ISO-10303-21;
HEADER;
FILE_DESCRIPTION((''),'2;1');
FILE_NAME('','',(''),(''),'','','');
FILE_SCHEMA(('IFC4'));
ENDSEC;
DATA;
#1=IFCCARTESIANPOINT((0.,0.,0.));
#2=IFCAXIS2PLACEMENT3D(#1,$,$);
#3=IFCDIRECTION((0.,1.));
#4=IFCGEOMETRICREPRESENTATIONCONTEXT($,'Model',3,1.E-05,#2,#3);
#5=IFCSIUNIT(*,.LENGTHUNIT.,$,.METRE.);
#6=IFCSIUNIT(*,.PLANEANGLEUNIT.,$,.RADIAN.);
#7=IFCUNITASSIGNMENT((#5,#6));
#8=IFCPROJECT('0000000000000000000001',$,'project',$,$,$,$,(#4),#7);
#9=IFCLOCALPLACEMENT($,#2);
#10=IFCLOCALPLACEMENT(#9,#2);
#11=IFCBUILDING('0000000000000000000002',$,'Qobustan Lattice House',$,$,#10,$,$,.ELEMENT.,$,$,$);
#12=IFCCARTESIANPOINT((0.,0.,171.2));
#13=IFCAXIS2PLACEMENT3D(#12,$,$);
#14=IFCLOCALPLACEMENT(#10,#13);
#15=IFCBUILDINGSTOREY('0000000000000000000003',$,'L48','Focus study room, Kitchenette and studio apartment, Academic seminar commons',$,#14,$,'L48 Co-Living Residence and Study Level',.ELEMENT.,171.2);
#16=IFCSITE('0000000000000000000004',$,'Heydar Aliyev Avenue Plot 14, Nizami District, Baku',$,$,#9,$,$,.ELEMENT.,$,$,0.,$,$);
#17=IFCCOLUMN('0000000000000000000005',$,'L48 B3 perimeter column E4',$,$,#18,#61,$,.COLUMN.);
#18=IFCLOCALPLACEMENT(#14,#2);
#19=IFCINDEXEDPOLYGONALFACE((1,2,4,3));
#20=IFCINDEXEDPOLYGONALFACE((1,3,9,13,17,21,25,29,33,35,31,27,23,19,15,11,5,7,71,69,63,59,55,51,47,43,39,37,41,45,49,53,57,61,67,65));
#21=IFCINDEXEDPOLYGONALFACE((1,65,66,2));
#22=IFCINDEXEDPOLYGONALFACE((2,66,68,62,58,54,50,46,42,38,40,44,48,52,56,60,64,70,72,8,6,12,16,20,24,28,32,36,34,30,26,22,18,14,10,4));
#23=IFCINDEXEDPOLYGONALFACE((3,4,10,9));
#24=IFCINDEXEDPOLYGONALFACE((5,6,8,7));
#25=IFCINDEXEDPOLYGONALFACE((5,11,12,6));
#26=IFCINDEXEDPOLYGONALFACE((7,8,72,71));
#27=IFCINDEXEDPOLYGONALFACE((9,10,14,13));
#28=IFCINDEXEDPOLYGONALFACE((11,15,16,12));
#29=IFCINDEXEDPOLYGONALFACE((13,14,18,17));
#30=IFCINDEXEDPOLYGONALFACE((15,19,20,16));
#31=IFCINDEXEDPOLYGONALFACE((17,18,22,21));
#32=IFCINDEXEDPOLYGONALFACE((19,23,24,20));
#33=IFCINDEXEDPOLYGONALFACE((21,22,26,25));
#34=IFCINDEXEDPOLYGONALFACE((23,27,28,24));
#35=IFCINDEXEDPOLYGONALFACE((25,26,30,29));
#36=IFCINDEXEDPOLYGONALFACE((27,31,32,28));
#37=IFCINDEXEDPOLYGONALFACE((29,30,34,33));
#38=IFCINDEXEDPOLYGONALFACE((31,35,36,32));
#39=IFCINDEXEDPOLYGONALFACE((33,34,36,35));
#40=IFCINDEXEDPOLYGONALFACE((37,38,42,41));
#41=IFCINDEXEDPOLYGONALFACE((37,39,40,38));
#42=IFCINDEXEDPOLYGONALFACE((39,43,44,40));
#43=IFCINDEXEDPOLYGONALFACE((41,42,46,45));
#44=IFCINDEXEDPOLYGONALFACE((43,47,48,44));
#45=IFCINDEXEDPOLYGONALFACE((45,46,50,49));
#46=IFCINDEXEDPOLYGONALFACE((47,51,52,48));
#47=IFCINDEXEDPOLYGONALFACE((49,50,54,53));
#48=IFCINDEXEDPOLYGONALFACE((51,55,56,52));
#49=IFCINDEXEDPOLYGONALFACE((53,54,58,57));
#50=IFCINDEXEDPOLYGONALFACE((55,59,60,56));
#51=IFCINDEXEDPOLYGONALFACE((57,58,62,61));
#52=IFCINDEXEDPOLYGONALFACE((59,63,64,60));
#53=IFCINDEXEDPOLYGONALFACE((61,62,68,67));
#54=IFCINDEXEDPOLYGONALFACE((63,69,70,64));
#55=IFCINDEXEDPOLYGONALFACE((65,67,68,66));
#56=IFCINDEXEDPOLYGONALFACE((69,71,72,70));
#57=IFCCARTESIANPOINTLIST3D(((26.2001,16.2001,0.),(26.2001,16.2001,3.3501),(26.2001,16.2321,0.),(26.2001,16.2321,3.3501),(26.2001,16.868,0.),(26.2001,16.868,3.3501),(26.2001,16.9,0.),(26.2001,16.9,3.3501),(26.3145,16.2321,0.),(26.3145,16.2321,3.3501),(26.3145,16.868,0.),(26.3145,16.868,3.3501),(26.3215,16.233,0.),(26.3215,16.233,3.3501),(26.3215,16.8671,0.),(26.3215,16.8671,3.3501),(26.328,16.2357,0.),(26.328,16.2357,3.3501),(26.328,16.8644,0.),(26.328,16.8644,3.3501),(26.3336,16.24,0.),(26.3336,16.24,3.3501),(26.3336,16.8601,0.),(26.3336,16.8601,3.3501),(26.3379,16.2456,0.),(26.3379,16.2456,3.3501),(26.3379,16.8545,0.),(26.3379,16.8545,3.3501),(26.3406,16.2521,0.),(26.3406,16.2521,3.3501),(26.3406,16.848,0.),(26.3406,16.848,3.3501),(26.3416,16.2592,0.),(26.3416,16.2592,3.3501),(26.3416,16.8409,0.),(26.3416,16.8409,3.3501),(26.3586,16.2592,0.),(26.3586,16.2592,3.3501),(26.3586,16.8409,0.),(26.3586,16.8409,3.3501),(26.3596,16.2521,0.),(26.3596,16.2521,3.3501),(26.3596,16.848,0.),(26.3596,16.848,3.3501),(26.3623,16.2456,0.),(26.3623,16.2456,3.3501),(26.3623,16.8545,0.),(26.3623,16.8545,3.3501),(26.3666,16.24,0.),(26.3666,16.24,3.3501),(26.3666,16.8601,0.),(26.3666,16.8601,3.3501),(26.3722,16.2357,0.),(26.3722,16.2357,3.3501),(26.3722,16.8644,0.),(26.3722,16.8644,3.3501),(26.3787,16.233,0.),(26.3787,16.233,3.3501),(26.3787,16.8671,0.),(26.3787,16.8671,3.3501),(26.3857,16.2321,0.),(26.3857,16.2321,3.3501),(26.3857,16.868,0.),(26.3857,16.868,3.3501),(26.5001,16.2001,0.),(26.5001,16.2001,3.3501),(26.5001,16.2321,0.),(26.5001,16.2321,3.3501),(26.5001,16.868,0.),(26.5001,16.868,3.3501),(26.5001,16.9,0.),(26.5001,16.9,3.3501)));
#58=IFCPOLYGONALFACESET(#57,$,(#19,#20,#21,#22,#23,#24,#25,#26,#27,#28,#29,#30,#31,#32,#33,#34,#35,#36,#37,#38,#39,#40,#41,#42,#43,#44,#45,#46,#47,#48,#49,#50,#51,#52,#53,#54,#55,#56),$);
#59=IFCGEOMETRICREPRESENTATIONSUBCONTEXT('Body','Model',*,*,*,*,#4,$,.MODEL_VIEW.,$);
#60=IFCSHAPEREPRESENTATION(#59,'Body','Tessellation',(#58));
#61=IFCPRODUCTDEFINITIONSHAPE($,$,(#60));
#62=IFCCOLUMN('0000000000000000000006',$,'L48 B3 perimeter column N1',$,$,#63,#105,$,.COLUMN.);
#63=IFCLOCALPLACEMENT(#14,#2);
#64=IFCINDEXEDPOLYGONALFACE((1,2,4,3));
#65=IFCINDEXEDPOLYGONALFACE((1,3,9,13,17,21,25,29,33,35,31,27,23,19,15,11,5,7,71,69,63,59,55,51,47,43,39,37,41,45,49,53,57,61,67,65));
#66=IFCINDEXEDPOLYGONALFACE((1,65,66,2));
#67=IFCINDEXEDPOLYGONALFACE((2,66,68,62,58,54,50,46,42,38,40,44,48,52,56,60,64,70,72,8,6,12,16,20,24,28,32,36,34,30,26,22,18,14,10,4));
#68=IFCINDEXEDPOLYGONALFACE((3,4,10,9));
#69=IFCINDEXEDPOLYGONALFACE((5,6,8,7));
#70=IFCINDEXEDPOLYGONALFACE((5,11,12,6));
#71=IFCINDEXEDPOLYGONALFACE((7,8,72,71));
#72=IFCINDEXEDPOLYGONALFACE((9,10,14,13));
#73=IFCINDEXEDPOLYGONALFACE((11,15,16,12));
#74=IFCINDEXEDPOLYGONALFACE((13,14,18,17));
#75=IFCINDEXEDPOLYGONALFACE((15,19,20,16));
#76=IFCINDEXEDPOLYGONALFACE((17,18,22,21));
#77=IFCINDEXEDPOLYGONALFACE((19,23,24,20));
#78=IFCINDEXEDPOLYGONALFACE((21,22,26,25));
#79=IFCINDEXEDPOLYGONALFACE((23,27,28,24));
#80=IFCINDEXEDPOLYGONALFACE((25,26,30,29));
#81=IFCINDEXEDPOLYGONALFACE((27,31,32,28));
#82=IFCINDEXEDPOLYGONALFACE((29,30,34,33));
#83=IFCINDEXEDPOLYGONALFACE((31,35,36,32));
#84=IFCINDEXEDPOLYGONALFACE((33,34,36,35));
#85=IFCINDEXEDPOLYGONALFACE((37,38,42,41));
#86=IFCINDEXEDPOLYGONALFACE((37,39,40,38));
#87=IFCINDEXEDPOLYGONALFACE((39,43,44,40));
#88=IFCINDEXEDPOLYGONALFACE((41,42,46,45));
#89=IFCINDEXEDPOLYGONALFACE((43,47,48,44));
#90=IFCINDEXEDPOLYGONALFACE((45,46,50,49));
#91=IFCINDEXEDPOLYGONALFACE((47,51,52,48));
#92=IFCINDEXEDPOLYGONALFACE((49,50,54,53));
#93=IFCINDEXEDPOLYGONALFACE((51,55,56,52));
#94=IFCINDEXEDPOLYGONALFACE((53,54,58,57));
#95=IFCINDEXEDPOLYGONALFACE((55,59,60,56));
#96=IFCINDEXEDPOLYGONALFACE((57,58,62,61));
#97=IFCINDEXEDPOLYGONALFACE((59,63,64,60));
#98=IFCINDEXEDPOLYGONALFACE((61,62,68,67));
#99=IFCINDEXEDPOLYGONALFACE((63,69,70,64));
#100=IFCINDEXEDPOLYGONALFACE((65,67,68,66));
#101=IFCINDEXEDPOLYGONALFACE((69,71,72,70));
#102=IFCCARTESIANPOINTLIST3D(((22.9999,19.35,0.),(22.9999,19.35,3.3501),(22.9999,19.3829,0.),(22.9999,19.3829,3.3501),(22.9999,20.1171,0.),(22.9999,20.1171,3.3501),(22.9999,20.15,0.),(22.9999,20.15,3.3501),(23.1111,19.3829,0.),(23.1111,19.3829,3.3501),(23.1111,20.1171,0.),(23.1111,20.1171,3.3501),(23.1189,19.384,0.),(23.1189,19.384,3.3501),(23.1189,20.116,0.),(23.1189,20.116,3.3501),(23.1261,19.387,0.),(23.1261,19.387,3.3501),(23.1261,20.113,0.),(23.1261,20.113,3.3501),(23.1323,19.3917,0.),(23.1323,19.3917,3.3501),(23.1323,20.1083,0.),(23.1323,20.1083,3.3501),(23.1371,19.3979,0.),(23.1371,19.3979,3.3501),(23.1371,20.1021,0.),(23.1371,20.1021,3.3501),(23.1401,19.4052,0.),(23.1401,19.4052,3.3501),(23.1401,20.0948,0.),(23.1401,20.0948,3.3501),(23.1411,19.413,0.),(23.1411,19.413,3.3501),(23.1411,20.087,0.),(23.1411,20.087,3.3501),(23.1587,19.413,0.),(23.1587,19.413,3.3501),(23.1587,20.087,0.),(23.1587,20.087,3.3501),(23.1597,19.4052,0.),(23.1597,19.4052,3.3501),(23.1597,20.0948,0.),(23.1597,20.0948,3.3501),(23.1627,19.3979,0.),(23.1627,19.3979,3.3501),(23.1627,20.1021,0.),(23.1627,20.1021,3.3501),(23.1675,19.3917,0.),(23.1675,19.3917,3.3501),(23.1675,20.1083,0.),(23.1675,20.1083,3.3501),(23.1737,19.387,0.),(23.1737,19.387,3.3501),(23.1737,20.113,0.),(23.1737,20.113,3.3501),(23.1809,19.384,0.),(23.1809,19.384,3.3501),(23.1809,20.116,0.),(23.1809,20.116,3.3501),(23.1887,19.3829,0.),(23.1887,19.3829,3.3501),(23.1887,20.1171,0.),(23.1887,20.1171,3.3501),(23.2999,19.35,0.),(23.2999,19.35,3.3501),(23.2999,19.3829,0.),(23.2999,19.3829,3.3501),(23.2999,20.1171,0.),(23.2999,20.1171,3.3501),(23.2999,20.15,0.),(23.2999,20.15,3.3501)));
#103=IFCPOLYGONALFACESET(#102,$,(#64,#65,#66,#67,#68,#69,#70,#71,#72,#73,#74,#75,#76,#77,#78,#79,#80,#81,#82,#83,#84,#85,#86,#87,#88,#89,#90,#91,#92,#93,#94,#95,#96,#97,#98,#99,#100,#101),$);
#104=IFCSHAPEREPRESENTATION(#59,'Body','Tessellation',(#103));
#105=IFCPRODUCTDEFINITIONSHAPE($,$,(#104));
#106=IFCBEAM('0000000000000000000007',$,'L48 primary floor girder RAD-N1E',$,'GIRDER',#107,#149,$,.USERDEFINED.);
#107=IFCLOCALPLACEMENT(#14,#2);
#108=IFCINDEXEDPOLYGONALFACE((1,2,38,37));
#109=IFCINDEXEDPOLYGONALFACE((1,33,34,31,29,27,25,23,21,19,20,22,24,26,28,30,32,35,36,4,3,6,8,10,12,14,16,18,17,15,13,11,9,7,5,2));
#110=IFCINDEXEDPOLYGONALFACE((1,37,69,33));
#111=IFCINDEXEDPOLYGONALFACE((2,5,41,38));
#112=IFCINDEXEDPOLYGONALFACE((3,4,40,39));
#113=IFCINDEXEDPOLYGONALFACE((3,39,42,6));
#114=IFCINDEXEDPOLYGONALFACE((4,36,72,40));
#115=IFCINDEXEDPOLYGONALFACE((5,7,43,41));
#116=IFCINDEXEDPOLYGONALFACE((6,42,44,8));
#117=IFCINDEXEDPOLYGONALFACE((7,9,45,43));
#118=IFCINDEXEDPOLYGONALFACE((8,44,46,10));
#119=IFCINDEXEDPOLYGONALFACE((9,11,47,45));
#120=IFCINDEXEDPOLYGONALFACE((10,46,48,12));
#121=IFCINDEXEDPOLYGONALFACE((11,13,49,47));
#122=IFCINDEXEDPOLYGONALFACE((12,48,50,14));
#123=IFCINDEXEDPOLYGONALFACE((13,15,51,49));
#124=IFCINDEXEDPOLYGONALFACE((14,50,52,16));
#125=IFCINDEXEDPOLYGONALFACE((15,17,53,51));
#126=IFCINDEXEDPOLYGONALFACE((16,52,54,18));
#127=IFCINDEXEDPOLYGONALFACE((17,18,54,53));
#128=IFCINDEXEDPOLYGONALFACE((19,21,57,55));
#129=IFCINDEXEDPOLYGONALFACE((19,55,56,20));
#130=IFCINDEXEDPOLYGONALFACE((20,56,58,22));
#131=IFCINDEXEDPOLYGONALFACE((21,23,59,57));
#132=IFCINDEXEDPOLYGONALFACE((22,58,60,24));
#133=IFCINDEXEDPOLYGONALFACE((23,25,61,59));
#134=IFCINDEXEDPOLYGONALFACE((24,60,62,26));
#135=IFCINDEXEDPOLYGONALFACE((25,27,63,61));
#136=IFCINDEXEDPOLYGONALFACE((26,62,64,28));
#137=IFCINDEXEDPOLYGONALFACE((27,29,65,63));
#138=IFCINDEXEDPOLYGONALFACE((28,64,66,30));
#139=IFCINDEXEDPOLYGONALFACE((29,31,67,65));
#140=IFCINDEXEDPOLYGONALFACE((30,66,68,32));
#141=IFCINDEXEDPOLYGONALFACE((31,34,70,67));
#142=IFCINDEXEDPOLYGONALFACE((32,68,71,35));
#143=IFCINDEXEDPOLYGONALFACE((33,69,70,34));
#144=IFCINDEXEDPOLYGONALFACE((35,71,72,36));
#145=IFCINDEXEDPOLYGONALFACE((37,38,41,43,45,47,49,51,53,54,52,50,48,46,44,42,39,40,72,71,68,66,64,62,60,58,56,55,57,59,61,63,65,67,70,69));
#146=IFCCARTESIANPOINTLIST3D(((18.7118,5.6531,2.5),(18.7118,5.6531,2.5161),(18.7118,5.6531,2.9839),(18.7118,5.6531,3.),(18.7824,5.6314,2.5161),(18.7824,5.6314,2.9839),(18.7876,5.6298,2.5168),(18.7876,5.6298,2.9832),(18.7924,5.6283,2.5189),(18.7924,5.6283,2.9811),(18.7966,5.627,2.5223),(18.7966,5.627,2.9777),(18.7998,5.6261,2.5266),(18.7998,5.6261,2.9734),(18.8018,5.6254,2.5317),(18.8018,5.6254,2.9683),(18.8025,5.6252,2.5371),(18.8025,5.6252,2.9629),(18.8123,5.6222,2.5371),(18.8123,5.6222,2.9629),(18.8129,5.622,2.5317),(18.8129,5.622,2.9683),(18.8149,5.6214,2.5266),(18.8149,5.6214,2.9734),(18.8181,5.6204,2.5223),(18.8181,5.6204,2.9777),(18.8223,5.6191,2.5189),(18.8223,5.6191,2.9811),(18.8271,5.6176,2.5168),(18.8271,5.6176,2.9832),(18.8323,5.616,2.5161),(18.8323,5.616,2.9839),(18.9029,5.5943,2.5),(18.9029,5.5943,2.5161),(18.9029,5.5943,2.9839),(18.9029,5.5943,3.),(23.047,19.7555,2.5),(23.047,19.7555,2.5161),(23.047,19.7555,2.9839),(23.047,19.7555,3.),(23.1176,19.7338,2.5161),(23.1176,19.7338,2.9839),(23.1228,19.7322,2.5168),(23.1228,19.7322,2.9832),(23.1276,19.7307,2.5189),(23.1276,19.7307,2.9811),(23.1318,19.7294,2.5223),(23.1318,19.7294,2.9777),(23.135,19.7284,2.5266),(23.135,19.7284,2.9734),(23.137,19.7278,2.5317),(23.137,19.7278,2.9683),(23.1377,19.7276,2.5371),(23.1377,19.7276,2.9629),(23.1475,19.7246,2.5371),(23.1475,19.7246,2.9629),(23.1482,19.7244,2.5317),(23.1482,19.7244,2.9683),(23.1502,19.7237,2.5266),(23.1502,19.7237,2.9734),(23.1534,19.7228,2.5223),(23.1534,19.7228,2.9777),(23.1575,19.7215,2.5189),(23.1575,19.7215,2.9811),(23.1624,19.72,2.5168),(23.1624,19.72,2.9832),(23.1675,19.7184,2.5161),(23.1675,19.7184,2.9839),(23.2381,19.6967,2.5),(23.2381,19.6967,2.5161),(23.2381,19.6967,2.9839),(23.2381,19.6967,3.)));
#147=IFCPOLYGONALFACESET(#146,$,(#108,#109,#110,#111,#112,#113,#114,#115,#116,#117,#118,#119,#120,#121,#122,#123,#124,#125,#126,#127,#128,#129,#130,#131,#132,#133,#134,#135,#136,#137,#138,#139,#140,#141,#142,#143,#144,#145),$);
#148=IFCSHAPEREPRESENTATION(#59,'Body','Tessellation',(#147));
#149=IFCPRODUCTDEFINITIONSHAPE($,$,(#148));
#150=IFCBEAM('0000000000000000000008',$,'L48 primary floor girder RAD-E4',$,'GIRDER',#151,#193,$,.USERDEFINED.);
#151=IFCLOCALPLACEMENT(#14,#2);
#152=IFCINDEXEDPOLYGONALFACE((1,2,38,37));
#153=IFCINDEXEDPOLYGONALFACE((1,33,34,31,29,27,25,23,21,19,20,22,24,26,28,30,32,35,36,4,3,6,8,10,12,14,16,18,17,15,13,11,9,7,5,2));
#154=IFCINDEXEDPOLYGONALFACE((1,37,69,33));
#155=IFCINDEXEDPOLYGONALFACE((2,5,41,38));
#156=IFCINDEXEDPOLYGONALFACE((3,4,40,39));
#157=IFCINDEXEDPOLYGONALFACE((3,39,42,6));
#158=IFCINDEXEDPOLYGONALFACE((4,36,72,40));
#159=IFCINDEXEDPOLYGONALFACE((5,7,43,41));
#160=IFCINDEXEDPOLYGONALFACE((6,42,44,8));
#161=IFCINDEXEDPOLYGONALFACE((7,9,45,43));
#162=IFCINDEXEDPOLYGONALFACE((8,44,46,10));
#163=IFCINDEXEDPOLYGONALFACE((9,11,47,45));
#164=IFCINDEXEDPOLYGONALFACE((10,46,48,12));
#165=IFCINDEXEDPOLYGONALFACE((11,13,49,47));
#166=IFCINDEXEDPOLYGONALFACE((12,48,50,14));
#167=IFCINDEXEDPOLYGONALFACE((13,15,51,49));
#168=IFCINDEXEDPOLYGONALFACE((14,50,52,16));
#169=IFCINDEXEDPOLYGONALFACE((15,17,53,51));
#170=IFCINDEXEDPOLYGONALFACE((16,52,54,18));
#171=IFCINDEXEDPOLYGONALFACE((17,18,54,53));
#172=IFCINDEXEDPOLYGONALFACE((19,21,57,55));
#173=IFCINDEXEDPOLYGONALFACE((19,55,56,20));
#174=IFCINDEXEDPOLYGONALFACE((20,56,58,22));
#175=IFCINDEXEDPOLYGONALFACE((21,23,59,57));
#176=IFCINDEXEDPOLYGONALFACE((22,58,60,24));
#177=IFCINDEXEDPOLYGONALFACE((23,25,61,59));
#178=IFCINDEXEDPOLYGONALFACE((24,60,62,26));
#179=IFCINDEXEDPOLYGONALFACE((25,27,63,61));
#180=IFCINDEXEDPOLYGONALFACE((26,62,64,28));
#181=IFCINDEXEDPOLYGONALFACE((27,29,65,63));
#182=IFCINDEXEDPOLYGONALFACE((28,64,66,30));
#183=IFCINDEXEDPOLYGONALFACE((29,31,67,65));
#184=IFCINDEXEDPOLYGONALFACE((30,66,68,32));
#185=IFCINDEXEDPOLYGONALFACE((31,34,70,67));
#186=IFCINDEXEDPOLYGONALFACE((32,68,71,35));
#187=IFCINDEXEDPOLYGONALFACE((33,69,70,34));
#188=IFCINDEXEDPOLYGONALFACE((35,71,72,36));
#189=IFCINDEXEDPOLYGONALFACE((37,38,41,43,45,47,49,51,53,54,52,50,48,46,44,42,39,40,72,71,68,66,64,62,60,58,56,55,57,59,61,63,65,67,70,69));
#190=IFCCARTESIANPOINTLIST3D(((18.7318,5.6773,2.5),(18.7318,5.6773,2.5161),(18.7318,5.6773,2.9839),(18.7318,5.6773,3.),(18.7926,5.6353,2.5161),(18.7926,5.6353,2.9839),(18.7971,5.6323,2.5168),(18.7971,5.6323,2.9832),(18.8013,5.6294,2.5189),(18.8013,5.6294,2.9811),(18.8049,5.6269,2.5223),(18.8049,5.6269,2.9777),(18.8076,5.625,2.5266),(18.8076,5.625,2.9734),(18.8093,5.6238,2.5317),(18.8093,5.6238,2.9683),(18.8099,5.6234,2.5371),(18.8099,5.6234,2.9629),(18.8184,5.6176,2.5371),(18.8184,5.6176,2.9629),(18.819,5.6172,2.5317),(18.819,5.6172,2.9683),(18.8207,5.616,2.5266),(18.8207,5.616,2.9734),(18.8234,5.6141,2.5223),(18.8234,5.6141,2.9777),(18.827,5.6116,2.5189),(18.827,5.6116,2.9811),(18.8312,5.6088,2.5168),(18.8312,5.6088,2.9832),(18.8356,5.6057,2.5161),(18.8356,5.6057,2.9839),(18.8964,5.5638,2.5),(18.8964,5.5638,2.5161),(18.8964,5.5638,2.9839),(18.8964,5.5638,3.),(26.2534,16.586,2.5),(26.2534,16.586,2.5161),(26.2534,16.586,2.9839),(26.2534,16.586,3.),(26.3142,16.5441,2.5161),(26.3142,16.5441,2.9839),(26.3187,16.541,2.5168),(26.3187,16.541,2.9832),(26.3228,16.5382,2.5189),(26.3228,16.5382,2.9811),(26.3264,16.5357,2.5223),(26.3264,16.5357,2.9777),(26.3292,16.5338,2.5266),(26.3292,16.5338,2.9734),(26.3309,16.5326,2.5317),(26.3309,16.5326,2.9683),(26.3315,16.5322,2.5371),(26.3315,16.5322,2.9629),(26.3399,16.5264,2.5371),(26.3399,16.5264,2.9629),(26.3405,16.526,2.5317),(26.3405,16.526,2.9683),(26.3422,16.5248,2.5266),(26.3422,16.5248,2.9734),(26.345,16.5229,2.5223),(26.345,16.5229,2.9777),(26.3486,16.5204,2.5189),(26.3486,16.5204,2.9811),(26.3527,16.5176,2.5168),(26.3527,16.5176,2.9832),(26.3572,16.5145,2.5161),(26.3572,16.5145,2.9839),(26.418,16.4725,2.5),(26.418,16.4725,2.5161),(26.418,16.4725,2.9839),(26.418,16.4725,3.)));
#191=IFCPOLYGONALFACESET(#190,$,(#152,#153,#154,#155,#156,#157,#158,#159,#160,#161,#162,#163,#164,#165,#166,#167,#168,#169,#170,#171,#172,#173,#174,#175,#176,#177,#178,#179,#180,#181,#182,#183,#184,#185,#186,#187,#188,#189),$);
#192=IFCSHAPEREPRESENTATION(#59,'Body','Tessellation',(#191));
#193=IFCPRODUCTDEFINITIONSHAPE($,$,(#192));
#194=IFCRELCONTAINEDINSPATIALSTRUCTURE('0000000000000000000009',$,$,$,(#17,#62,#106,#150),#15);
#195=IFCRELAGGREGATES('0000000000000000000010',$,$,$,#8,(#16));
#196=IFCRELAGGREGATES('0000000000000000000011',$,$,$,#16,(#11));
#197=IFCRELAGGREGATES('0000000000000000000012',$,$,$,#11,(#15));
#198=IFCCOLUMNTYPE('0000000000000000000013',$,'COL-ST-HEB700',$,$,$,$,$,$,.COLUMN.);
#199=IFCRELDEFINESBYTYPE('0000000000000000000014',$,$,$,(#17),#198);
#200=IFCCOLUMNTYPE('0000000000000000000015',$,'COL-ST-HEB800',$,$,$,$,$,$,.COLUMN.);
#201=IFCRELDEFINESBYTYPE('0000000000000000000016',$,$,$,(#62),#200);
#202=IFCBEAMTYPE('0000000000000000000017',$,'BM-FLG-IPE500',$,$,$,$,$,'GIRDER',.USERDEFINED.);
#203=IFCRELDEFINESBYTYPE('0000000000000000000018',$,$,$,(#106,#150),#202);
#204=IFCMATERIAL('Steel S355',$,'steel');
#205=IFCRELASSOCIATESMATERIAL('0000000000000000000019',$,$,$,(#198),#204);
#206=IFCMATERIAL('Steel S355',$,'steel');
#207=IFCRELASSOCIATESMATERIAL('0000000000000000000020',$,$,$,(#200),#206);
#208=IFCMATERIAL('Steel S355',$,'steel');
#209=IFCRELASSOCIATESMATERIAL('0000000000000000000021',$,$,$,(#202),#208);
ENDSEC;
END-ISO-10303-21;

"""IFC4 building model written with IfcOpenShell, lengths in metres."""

from ifc_helpers import new_model, si_unit, direction, frame, origin, origin_2d, place, context, subcontext, project, spatial, i_section, extrude, material, material_profile, profile_set, type_object, element, save


model = new_model("IFC4")

# Units and contexts
model_context = context("Model", 3, precision=1e-05, world=origin(), true_north=direction((0.0, 1.0)))
body_context = subcontext(model_context, "Body", "Model", "MODEL_VIEW")
ifc_project = project(units=[si_unit("LENGTHUNIT", "METRE"), si_unit("PLANEANGLEUNIT", "RADIAN")], contexts=[model_context])

# Site, building, storey
site_placement = place(None, origin())
site = spatial("IfcSite", under=ifc_project, at=site_placement, Name="Heydar Aliyev Avenue Plot 14, Nizami District, Baku", CompositionType="ELEMENT", RefElevation=0.0)
building_placement = place(site_placement, origin())
building = spatial("IfcBuilding", under=site, at=building_placement, Name="Qobustan Lattice House", CompositionType="ELEMENT")
storey_placement = place(building_placement, frame((0.0, 0.0, 171.2)))
storey = spatial("IfcBuildingStorey", under=building, at=storey_placement, Name="L48", Description="Focus study room, Kitchenette and studio apartment, Academic seminar commons", LongName="L48 Co-Living Residence and Study Level", CompositionType="ELEMENT", Elevation=171.2)

# Columns
ifc_material_1 = material(Name="Steel S355", Category="steel")
ifc_material_profile_1 = material_profile(ifc_material_1, i_section(OverallWidth=0.3, OverallDepth=0.7, WebThickness=0.0171, FlangeThickness=0.032, FilletRadius=0.0271, at=origin_2d()), Name="HEB700")
ifc_profile_set_1 = profile_set([ifc_material_profile_1], Name="Steel S355")
column_type_1 = type_object("IfcColumnType", Name="COL-ST-HEB700", PredefinedType="COLUMN", material=ifc_profile_set_1)
column_1_placement = place(storey_placement, frame((26.3501, 16.55, 0.0), z_axis=(0.0, 0.0, 1.0), x_axis=(1.0, 0.0, 0.0)))
element("IfcColumn", 1, at=column_1_placement, inside=storey, type_object=column_type_1, Name="L48 B3 perimeter column E4", PredefinedType="COLUMN", context=body_context, shape_type="SweptSolid", body=[
    extrude(i_section(OverallWidth=0.3, OverallDepth=0.7, WebThickness=0.0171, FlangeThickness=0.032, FilletRadius=0.0271, at=origin_2d()), origin(), (0.0, 0.0, 1.0), 3.3501),
])
ifc_material_2 = material(Name="Steel S355", Category="steel")
ifc_material_profile_2 = material_profile(ifc_material_2, i_section(OverallWidth=0.3, OverallDepth=0.8, WebThickness=0.0176, FlangeThickness=0.033, FilletRadius=0.03, at=origin_2d()), Name="HEB800")
ifc_profile_set_2 = profile_set([ifc_material_profile_2], Name="Steel S355")
column_type_2 = type_object("IfcColumnType", Name="COL-ST-HEB800", PredefinedType="COLUMN", material=ifc_profile_set_2)
column_2_placement = place(storey_placement, frame((23.1499, 19.75, 0.0), z_axis=(0.0, 0.0, 1.0), x_axis=(1.0, 0.0, 0.0)))
element("IfcColumn", 2, at=column_2_placement, inside=storey, type_object=column_type_2, Name="L48 B3 perimeter column N1", PredefinedType="COLUMN", context=body_context, shape_type="SweptSolid", body=[
    extrude(i_section(OverallWidth=0.3, OverallDepth=0.8, WebThickness=0.0176, FlangeThickness=0.033, FilletRadius=0.03, at=origin_2d()), origin(), (0.0, 0.0, 1.0), 3.3501),
])

# Beams
ifc_material_3 = material(Name="Steel S355", Category="steel")
ifc_material_profile_3 = material_profile(ifc_material_3, i_section(OverallWidth=0.2, OverallDepth=0.5, WebThickness=0.0103, FlangeThickness=0.0161, FilletRadius=0.021, at=origin_2d()), Name="IPE500")
ifc_profile_set_3 = profile_set([ifc_material_profile_3], Name="Steel S355")
beam_type_1 = type_object("IfcBeamType", Name="BM-FLG-IPE500", ElementType="GIRDER", PredefinedType="USERDEFINED", material=ifc_profile_set_3)
beam_1_placement = place(storey_placement, frame((23.1426, 19.7261, 2.75), z_axis=(-0.29384, -0.955854, 0.0), x_axis=(0.955854, -0.29384, 0.0)))
element("IfcBeam", 3, at=beam_1_placement, inside=storey, type_object=beam_type_1, Name="L48 primary floor girder RAD-N1E", ObjectType="GIRDER", PredefinedType="USERDEFINED", context=body_context, shape_type="SweptSolid", body=[
    extrude(i_section(OverallWidth=0.2, OverallDepth=0.5, WebThickness=0.0103, FlangeThickness=0.0161, FilletRadius=0.021, at=origin_2d()), origin(), (0.0, 0.0, 1.0), 14.7537),
])
beam_2_placement = place(storey_placement, frame((26.3357, 16.5293, 2.75), z_axis=(-0.567643, -0.823275, 0.0), x_axis=(0.823275, -0.567643, 0.0)))
element("IfcBeam", 4, at=beam_2_placement, inside=storey, type_object=beam_type_1, Name="L48 primary floor girder RAD-E4", ObjectType="GIRDER", PredefinedType="USERDEFINED", context=body_context, shape_type="SweptSolid", body=[
    extrude(i_section(OverallWidth=0.2, OverallDepth=0.5, WebThickness=0.0103, FlangeThickness=0.0161, FilletRadius=0.021, at=origin_2d()), origin(), (0.0, 0.0, 1.0), 13.2505),
])

save(model, "model.ifc")
